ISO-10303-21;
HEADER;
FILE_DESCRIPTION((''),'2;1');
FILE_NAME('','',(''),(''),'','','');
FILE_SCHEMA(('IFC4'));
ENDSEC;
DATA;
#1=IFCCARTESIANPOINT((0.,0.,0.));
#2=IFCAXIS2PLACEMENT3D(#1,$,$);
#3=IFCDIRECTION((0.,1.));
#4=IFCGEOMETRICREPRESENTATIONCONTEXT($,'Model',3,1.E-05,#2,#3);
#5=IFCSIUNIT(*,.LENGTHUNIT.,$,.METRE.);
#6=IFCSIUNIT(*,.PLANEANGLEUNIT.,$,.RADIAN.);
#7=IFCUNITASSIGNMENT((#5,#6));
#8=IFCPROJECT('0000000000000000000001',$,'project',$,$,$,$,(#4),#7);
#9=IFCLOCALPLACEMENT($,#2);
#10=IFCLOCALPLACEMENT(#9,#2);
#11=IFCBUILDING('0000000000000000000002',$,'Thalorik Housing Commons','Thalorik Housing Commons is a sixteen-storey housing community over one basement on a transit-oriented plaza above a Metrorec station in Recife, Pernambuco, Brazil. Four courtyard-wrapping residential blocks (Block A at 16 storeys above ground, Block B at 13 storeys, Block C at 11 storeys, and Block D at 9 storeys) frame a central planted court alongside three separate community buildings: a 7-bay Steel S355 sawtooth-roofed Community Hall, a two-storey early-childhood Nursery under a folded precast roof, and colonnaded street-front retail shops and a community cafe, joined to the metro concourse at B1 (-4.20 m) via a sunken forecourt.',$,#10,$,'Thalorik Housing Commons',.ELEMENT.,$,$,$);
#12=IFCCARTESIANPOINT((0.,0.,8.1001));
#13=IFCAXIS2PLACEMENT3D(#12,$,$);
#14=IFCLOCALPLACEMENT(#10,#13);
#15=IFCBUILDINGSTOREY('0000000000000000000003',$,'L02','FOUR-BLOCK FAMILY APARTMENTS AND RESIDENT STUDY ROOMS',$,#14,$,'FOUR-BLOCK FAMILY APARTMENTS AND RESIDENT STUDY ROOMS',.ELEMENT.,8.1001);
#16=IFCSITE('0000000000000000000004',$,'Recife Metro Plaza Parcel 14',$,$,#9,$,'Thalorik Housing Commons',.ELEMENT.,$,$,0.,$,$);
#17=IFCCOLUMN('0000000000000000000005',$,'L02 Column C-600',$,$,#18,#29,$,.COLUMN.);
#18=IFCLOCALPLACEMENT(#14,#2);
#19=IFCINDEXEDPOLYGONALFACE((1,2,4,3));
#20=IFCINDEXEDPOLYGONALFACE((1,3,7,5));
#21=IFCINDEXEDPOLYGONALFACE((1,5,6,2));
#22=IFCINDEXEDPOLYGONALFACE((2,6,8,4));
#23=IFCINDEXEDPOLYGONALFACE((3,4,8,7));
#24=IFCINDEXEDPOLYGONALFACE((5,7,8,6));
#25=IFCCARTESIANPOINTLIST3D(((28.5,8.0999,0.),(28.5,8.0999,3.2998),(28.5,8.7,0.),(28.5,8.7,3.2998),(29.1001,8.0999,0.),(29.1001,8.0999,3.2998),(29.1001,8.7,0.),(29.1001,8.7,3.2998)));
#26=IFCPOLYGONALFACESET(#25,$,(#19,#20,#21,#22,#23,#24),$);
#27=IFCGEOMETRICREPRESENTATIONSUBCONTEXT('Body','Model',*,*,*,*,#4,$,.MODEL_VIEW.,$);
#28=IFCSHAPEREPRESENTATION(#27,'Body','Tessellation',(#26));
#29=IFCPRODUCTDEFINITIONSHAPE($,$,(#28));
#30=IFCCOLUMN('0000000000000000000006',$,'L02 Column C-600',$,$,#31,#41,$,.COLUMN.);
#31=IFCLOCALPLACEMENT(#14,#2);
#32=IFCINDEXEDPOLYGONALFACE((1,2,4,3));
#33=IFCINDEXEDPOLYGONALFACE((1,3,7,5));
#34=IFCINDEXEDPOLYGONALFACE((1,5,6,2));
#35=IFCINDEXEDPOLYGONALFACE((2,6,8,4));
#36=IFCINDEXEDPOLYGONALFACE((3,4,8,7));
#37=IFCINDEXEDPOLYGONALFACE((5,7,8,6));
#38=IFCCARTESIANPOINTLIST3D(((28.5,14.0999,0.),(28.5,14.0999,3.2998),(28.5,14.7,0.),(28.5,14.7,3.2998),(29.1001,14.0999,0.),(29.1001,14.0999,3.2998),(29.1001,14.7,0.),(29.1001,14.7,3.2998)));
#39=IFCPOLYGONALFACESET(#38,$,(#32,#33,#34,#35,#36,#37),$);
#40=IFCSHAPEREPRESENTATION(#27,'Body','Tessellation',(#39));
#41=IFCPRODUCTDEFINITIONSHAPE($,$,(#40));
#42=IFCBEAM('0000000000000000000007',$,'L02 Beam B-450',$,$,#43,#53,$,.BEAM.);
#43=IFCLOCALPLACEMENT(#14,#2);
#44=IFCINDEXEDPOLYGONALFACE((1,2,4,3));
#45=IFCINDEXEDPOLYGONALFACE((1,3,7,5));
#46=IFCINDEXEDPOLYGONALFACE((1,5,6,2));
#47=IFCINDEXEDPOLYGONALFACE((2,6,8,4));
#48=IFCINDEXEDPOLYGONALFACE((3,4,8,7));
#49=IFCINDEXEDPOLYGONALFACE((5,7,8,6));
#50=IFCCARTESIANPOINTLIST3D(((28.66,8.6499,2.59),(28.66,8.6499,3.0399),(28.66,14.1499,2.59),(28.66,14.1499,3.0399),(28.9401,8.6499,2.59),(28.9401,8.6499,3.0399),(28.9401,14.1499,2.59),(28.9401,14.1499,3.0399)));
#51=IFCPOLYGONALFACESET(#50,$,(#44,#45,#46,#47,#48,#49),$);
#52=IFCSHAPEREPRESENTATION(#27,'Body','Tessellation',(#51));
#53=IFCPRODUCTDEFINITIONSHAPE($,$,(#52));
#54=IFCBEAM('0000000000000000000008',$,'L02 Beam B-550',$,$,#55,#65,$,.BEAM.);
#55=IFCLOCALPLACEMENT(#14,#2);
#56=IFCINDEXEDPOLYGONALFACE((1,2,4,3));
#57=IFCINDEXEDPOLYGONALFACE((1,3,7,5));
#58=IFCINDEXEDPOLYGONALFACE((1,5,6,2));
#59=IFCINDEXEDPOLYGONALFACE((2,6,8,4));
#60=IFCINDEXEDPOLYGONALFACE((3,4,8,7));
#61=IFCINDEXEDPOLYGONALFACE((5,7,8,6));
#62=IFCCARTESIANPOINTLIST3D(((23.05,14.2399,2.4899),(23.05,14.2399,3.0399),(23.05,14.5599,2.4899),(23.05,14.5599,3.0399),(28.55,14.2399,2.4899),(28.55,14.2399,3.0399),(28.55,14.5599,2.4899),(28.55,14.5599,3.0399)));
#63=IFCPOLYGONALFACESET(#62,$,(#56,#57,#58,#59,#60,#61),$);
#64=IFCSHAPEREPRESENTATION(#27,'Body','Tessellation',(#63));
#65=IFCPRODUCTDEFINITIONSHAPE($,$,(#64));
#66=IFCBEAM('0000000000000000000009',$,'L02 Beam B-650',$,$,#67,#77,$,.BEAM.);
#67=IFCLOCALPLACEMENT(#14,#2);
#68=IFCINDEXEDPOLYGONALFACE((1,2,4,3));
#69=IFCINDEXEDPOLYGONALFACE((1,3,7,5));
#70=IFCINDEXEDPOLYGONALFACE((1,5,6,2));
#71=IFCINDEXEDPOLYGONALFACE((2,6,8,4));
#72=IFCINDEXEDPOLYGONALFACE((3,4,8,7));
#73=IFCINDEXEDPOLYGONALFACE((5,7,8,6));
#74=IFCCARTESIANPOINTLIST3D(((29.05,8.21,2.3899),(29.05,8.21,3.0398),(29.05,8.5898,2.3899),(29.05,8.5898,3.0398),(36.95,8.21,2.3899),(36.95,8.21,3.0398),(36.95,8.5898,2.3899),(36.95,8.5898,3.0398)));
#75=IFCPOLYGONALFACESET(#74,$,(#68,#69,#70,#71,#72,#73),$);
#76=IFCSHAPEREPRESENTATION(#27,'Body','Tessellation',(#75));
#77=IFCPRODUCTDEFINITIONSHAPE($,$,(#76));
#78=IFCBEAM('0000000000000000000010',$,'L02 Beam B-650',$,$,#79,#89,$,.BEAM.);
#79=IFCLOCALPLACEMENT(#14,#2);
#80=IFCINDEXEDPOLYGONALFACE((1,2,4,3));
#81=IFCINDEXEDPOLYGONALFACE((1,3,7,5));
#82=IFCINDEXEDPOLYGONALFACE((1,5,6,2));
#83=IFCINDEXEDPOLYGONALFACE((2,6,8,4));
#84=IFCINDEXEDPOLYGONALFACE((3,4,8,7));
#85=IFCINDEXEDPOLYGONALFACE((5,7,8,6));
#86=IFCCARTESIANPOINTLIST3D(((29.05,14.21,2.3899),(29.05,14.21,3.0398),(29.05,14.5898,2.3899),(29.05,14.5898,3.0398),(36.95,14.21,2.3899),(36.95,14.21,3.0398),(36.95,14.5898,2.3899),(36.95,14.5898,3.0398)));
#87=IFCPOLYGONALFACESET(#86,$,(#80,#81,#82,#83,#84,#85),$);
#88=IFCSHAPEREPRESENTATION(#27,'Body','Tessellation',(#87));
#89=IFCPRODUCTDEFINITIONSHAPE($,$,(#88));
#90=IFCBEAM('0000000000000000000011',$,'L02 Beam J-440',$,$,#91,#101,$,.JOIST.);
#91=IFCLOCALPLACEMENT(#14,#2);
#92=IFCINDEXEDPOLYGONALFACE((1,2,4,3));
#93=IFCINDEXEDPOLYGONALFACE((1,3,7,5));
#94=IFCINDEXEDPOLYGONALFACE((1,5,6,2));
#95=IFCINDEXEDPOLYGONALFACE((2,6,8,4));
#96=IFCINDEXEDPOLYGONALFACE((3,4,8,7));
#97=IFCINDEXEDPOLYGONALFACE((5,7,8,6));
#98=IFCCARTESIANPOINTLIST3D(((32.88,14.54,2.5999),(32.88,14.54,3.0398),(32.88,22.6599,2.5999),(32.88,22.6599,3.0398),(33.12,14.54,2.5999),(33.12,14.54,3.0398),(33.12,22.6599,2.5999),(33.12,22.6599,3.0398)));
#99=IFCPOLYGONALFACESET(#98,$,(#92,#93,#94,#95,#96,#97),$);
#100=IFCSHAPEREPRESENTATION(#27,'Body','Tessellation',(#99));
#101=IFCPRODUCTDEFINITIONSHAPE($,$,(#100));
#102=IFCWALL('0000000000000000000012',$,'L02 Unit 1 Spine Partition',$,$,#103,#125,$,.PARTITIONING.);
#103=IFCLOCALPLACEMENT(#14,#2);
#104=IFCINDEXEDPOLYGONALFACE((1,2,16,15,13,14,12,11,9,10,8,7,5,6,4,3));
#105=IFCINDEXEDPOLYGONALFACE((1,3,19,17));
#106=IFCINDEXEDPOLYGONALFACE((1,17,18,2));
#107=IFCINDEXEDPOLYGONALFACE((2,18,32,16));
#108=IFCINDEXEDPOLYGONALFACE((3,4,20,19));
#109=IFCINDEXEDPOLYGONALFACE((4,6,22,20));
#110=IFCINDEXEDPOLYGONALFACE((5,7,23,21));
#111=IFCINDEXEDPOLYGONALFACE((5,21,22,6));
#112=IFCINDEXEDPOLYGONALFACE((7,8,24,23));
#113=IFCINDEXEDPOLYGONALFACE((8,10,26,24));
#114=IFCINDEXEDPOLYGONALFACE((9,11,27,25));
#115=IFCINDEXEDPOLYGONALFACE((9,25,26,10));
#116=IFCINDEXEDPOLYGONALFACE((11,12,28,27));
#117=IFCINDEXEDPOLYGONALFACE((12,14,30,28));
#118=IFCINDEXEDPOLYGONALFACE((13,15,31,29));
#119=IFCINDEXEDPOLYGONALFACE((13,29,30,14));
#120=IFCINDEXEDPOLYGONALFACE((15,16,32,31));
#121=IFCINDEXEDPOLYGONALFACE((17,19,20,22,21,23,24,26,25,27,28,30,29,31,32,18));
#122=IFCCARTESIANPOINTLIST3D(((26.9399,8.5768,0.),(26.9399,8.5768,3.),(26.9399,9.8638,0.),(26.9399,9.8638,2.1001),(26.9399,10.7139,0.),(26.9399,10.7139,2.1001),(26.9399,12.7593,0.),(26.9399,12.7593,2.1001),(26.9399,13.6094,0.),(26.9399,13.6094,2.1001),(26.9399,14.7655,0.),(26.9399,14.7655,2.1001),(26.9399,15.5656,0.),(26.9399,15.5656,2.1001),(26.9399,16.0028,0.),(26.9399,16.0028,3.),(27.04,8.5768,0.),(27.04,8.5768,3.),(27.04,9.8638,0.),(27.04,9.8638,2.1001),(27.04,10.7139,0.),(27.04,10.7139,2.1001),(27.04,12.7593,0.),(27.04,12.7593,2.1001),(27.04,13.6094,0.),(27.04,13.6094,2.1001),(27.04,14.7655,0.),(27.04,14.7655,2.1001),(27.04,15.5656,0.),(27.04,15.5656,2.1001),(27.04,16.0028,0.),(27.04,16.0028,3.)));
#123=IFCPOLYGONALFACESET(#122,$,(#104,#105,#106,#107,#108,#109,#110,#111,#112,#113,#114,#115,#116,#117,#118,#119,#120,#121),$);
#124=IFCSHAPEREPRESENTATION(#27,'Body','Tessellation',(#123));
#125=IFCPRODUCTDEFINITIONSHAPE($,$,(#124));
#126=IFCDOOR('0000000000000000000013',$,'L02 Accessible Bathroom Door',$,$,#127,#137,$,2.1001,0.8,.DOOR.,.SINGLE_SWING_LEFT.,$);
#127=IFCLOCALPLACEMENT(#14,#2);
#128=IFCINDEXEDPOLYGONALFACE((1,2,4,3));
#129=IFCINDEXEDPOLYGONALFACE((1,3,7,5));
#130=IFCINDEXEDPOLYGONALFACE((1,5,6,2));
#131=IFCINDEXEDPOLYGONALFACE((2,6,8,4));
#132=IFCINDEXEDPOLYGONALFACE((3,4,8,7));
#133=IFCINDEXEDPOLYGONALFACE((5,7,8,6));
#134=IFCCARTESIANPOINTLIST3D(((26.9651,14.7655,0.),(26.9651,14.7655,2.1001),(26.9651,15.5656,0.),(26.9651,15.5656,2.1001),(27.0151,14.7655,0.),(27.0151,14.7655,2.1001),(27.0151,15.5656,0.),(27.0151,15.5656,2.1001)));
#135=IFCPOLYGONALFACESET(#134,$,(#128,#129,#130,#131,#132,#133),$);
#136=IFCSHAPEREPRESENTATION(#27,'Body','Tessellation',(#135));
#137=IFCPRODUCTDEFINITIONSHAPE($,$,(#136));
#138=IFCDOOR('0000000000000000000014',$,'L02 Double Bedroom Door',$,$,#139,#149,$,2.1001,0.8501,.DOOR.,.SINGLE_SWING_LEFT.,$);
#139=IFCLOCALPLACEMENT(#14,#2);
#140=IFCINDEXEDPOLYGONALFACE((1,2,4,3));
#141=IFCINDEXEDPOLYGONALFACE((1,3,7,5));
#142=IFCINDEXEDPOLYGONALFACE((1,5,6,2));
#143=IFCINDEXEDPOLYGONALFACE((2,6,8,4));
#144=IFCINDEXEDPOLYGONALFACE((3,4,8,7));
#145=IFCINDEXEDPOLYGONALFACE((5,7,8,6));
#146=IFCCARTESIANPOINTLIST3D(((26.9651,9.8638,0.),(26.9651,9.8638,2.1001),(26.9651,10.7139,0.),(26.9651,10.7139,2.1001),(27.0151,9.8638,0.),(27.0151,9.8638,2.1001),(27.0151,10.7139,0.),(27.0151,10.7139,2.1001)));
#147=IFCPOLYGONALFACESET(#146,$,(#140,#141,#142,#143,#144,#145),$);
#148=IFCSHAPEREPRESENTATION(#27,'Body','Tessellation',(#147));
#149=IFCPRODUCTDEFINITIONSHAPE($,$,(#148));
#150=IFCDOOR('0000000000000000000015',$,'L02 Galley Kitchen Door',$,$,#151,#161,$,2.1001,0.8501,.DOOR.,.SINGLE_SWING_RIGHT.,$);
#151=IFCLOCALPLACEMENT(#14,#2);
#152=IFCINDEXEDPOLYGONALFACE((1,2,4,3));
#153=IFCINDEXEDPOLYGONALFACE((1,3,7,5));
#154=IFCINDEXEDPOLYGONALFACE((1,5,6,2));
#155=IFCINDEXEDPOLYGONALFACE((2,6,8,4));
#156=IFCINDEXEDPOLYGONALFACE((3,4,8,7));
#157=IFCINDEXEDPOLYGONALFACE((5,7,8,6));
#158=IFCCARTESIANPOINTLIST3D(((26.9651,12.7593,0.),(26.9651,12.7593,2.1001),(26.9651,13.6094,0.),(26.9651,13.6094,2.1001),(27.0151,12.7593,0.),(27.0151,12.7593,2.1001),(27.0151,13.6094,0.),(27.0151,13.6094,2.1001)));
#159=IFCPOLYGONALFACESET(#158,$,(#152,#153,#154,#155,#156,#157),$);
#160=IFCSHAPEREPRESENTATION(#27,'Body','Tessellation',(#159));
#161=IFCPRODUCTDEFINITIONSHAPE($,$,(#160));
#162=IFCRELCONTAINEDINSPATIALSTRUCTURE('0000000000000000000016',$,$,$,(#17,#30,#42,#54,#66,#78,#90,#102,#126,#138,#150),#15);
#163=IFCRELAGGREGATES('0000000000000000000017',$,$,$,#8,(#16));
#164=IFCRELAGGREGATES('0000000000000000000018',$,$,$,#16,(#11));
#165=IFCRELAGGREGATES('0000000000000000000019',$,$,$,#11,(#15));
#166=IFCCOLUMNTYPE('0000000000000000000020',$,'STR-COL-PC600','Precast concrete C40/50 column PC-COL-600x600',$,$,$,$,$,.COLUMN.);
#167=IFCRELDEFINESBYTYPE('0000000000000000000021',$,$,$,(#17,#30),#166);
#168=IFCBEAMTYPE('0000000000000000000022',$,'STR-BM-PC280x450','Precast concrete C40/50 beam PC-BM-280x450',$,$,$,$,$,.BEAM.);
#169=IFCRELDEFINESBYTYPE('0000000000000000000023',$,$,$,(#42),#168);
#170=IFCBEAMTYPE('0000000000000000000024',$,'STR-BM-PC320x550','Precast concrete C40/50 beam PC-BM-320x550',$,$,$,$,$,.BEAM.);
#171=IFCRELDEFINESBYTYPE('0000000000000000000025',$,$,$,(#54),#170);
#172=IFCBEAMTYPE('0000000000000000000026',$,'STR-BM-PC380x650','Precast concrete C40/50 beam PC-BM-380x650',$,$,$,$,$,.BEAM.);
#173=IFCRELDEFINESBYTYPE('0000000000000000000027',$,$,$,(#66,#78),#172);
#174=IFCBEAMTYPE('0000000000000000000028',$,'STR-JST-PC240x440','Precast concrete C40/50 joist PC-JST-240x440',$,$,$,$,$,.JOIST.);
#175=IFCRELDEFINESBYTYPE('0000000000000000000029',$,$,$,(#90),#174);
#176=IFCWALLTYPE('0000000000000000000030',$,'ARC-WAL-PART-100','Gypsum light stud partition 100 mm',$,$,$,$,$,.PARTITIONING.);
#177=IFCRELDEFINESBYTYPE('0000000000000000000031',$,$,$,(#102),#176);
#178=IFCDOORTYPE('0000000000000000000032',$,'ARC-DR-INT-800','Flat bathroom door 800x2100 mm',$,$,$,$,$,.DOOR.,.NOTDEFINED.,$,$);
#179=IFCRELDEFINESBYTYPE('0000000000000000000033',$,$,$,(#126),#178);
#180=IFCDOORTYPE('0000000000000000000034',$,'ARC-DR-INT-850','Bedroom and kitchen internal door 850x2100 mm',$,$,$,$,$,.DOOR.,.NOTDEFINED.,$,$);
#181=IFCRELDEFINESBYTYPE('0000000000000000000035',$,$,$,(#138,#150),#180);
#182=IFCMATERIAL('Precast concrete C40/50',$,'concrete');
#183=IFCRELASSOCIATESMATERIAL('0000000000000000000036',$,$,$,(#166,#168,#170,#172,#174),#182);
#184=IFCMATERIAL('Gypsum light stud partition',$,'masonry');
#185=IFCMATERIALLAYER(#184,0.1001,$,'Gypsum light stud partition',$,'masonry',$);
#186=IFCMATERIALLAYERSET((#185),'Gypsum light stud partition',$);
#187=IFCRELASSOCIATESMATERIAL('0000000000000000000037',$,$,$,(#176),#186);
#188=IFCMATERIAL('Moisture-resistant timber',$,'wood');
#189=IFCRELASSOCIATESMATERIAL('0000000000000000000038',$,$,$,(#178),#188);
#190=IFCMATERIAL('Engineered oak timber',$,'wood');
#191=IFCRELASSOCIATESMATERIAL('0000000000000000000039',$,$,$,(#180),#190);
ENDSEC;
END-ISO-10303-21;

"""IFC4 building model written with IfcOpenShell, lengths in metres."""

from ifc_helpers import new_model, si_unit, direction, frame, frame_2d, origin, origin_2d, place, context, subcontext, project, spatial, rectangle, extrude, material, layer, layer_set, material_profile, profile_set, type_object, element, fill, save


model = new_model("IFC4")

# Units and contexts
model_context = context("Model", 3, precision=1e-05, world=origin(), true_north=direction((0.0, 1.0)))
body_context = subcontext(model_context, "Body", "Model", "MODEL_VIEW")
ifc_project = project(units=[si_unit("LENGTHUNIT", "METRE"), si_unit("PLANEANGLEUNIT", "RADIAN")], contexts=[model_context])

# Site, building, storey
site_placement = place(None, origin())
site = spatial("IfcSite", under=ifc_project, at=site_placement, Name="Recife Metro Plaza Parcel 14", LongName="Thalorik Housing Commons", CompositionType="ELEMENT", RefElevation=0.0)
building_placement = place(site_placement, origin())
building = spatial("IfcBuilding", under=site, at=building_placement, Name="Thalorik Housing Commons", Description="Thalorik Housing Commons is a sixteen-storey housing community over one basement on a transit-oriented plaza above a Metrorec station in Recife, Pernambuco, Brazil. Four courtyard-wrapping residential blocks (Block A at 16 storeys above ground, Block B at 13 storeys, Block C at 11 storeys, and Block D at 9 storeys) frame a central planted court alongside three separate community buildings: a 7-bay Steel S355 sawtooth-roofed Community Hall, a two-storey early-childhood Nursery under a folded precast roof, and colonnaded street-front retail shops and a community cafe, joined to the metro concourse at B1 (-4.20 m) via a sunken forecourt.", LongName="Thalorik Housing Commons", CompositionType="ELEMENT")
storey_placement = place(building_placement, frame((0.0, 0.0, 8.1001)))
storey = spatial("IfcBuildingStorey", under=building, at=storey_placement, Name="L02", Description="FOUR-BLOCK FAMILY APARTMENTS AND RESIDENT STUDY ROOMS", LongName="FOUR-BLOCK FAMILY APARTMENTS AND RESIDENT STUDY ROOMS", CompositionType="ELEMENT", Elevation=8.1001)

# Columns
ifc_material_1 = material(Name="Precast concrete C40/50", Category="concrete")
ifc_material_profile_1 = material_profile(ifc_material_1, rectangle(XDim=0.6001, YDim=0.6001, at=origin_2d()), Name="PC 600x600", Category="concrete")
ifc_profile_set_1 = profile_set([ifc_material_profile_1], Name="Precast concrete C40/50")
column_type = type_object("IfcColumnType", Name="STR-COL-PC600", Description="Precast concrete C40/50 column PC-COL-600x600", PredefinedType="COLUMN", material=ifc_profile_set_1)
for number, where, z_axis, x_axis, name in (
    (1, (28.8, 8.3999, 0.0), (0.0, 0.0, 1.0), (1.0, 0.0, 0.0), "L02 Column C-600"),
    (2, (28.8, 14.3999, 0.0), (0.0, 0.0, 1.0), (1.0, 0.0, 0.0), "L02 Column C-600"),
):
    element("IfcColumn", number, at=place(storey_placement, frame(where, z_axis=z_axis, x_axis=x_axis)), inside=storey, type_object=column_type, Name=name, PredefinedType="COLUMN", context=body_context, shape_type="SweptSolid", body=[
        extrude(rectangle(XDim=0.6001, YDim=0.6001, at=origin_2d()), origin(), (0.0, 0.0, 1.0), 3.2998),
    ])

# Beams
ifc_material_profile_2 = material_profile(ifc_material_1, rectangle(XDim=0.28, YDim=0.45, at=origin_2d()), Name="PC 280x450", Category="concrete")
ifc_profile_set_2 = profile_set([ifc_material_profile_2], Name="Precast concrete C40/50")
beam_type_1 = type_object("IfcBeamType", Name="STR-BM-PC280x450", Description="Precast concrete C40/50 beam PC-BM-280x450", PredefinedType="BEAM", material=ifc_profile_set_2)
beam_1_placement = place(storey_placement, frame((28.8, 8.6499, 2.8149), z_axis=(0.0, 1.0, 0.0), x_axis=(-1.0, 0.0, 0.0)))
element("IfcBeam", 3, at=beam_1_placement, inside=storey, type_object=beam_type_1, Name="L02 Beam B-450", PredefinedType="BEAM", context=body_context, shape_type="SweptSolid", body=[
    extrude(rectangle(XDim=0.28, YDim=0.45, at=origin_2d()), origin(), (0.0, 0.0, 1.0), 5.5),
])
ifc_material_profile_3 = material_profile(ifc_material_1, rectangle(XDim=0.3201, YDim=0.55, at=origin_2d()), Name="PC 320x550", Category="concrete")
ifc_profile_set_3 = profile_set([ifc_material_profile_3], Name="Precast concrete C40/50")
beam_type_2 = type_object("IfcBeamType", Name="STR-BM-PC320x550", Description="Precast concrete C40/50 beam PC-BM-320x550", PredefinedType="BEAM", material=ifc_profile_set_3)
beam_2_placement = place(storey_placement, frame((23.05, 14.3999, 2.7649), z_axis=(1.0, 0.0, 0.0), x_axis=(0.0, 1.0, 0.0)))
element("IfcBeam", 4, at=beam_2_placement, inside=storey, type_object=beam_type_2, Name="L02 Beam B-550", PredefinedType="BEAM", context=body_context, shape_type="SweptSolid", body=[
    extrude(rectangle(XDim=0.3201, YDim=0.55, at=origin_2d()), origin(), (0.0, 0.0, 1.0), 5.5),
])
ifc_material_profile_4 = material_profile(ifc_material_1, rectangle(XDim=0.3799, YDim=0.6499, at=origin_2d()), Name="PC 380x650", Category="concrete")
ifc_profile_set_4 = profile_set([ifc_material_profile_4], Name="Precast concrete C40/50")
beam_type_3 = type_object("IfcBeamType", Name="STR-BM-PC380x650", Description="Precast concrete C40/50 beam PC-BM-380x650", PredefinedType="BEAM", material=ifc_profile_set_4)
for number, where, z_axis, x_axis, name in (
    (5, (29.05, 8.3999, 2.7148), (1.0, 0.0, 0.0), (0.0, 1.0, 0.0), "L02 Beam B-650"),
    (6, (29.05, 14.3999, 2.7148), (1.0, 0.0, 0.0), (0.0, 1.0, 0.0), "L02 Beam B-650"),
):
    element("IfcBeam", number, at=place(storey_placement, frame(where, z_axis=z_axis, x_axis=x_axis)), inside=storey, type_object=beam_type_3, Name=name, PredefinedType="BEAM", context=body_context, shape_type="SweptSolid", body=[
        extrude(rectangle(XDim=0.3799, YDim=0.6499, at=origin_2d()), origin(), (0.0, 0.0, 1.0), 7.8999),
    ])
ifc_material_profile_5 = material_profile(ifc_material_1, rectangle(XDim=0.24, YDim=0.4399, at=origin_2d()), Name="PC JST 240x440", Category="concrete")
ifc_profile_set_5 = profile_set([ifc_material_profile_5], Name="Precast concrete C40/50")
beam_type_4 = type_object("IfcBeamType", Name="STR-JST-PC240x440", Description="Precast concrete C40/50 joist PC-JST-240x440", PredefinedType="JOIST", material=ifc_profile_set_5)
beam_3_placement = place(storey_placement, frame((33.0, 14.54, 2.8198), z_axis=(0.0, 1.0, 0.0), x_axis=(-1.0, 0.0, 0.0)))
element("IfcBeam", 7, at=beam_3_placement, inside=storey, type_object=beam_type_4, Name="L02 Beam J-440", PredefinedType="JOIST", context=body_context, shape_type="SweptSolid", body=[
    extrude(rectangle(XDim=0.24, YDim=0.4399, at=origin_2d()), origin(), (0.0, 0.0, 1.0), 8.1199),
])

# Wall, openings, doors
ifc_material_2 = material(Name="Gypsum light stud partition", Category="masonry")
ifc_layer_1 = layer(ifc_material_2, 0.1001, Name="Gypsum light stud partition", Category="masonry")
ifc_layer_set_1 = layer_set([ifc_layer_1], Name="Gypsum light stud partition")
wall_type_1 = type_object("IfcWallType", Name="ARC-WAL-PART-100", Description="Gypsum light stud partition 100 mm", PredefinedType="PARTITIONING", material=ifc_layer_set_1)
wall_1_placement = place(storey_placement, frame((26.99, 8.5769, 0.0), z_axis=(0.0, 0.0, 1.0), x_axis=(0.0, 1.0, 0.0)))
wall_1 = element("IfcWall", 8, at=wall_1_placement, inside=storey, type_object=wall_type_1, Name="L02 Unit 1 Spine Partition", PredefinedType="PARTITIONING", context=body_context, shape_type="SweptSolid", body=[
    extrude(rectangle(XDim=7.426, YDim=0.1001, at=frame_2d((3.7129, 0.0))), origin(), (0.0, 0.0, 1.0), 3.0),
])
opening_1_placement = place(wall_1_placement, frame((1.2869, 0.0, 0.0)))
opening_1 = element("IfcOpeningElement", 9, at=opening_1_placement, cuts=wall_1, PredefinedType="OPENING", context=body_context, shape_type="SweptSolid", body=[
    extrude(rectangle(XDim=0.8501, YDim=2.1001, at=frame_2d((0.425, 1.05))), frame((0.0, 0.0601, 0.0), z_axis=(0.0, -1.0, 0.0), x_axis=(1.0, 0.0, 0.0)), (0.0, 0.0, 1.0), 0.1201),
])
opening_2_placement = place(wall_1_placement, frame((4.1824, 0.0, 0.0)))
opening_2 = element("IfcOpeningElement", 10, at=opening_2_placement, cuts=wall_1, PredefinedType="OPENING", context=body_context, shape_type="SweptSolid", body=[
    extrude(rectangle(XDim=0.8501, YDim=2.1001, at=frame_2d((0.425, 1.05))), frame((0.0, 0.0601, 0.0), z_axis=(0.0, -1.0, 0.0), x_axis=(1.0, 0.0, 0.0)), (0.0, 0.0, 1.0), 0.1201),
])
opening_3_placement = place(wall_1_placement, frame((6.1887, 0.0, 0.0)))
opening_3 = element("IfcOpeningElement", 11, at=opening_3_placement, cuts=wall_1, PredefinedType="OPENING", context=body_context, shape_type="SweptSolid", body=[
    extrude(rectangle(XDim=0.8, YDim=2.1001, at=frame_2d((0.3999, 1.05))), frame((0.0, 0.0601, 0.0), z_axis=(0.0, -1.0, 0.0), x_axis=(1.0, 0.0, 0.0)), (0.0, 0.0, 1.0), 0.1201),
])
ifc_material_3 = material(Name="Moisture-resistant timber", Category="wood")
door_type_1 = type_object("IfcDoorType", Name="ARC-DR-INT-800", Description="Flat bathroom door 800x2100 mm", OperationType="NOTDEFINED", PredefinedType="DOOR", material=ifc_material_3)
door_1_placement = place(opening_3_placement, origin())
door_1 = element("IfcDoor", 12, at=door_1_placement, inside=storey, type_object=door_type_1, Name="L02 Accessible Bathroom Door", OperationType="SINGLE_SWING_LEFT", OverallHeight=2.1001, OverallWidth=0.8, PredefinedType="DOOR", context=body_context, shape_type="SweptSolid", body=[
    extrude(rectangle(XDim=0.8, YDim=2.1001, at=frame_2d((0.3999, 1.05))), frame((0.0, 0.0249, 0.0), z_axis=(0.0, -1.0, 0.0), x_axis=(1.0, 0.0, 0.0)), (0.0, 0.0, 1.0), 0.05),
])
fill(opening_3, door_1)
ifc_material_4 = material(Name="Engineered oak timber", Category="wood")
door_type_2 = type_object("IfcDoorType", Name="ARC-DR-INT-850", Description="Bedroom and kitchen internal door 850x2100 mm", OperationType="NOTDEFINED", PredefinedType="DOOR", material=ifc_material_4)
door_2_placement = place(opening_1_placement, origin())
door_2 = element("IfcDoor", 13, at=door_2_placement, inside=storey, type_object=door_type_2, Name="L02 Double Bedroom Door", OperationType="SINGLE_SWING_LEFT", OverallHeight=2.1001, OverallWidth=0.8501, PredefinedType="DOOR", context=body_context, shape_type="SweptSolid", body=[
    extrude(rectangle(XDim=0.8501, YDim=2.1001, at=frame_2d((0.425, 1.05))), frame((0.0, 0.0249, 0.0), z_axis=(0.0, -1.0, 0.0), x_axis=(1.0, 0.0, 0.0)), (0.0, 0.0, 1.0), 0.05),
])
fill(opening_1, door_2)
door_3_placement = place(opening_2_placement, origin())
door_3 = element("IfcDoor", 14, at=door_3_placement, inside=storey, type_object=door_type_2, Name="L02 Galley Kitchen Door", OperationType="SINGLE_SWING_RIGHT", OverallHeight=2.1001, OverallWidth=0.8501, PredefinedType="DOOR", context=body_context, shape_type="SweptSolid", body=[
    extrude(rectangle(XDim=0.8501, YDim=2.1001, at=frame_2d((0.425, 1.05))), frame((0.0, 0.0249, 0.0), z_axis=(0.0, -1.0, 0.0), x_axis=(1.0, 0.0, 0.0)), (0.0, 0.0, 1.0), 0.05),
])
fill(opening_2, door_3)

save(model, "model.ifc")
